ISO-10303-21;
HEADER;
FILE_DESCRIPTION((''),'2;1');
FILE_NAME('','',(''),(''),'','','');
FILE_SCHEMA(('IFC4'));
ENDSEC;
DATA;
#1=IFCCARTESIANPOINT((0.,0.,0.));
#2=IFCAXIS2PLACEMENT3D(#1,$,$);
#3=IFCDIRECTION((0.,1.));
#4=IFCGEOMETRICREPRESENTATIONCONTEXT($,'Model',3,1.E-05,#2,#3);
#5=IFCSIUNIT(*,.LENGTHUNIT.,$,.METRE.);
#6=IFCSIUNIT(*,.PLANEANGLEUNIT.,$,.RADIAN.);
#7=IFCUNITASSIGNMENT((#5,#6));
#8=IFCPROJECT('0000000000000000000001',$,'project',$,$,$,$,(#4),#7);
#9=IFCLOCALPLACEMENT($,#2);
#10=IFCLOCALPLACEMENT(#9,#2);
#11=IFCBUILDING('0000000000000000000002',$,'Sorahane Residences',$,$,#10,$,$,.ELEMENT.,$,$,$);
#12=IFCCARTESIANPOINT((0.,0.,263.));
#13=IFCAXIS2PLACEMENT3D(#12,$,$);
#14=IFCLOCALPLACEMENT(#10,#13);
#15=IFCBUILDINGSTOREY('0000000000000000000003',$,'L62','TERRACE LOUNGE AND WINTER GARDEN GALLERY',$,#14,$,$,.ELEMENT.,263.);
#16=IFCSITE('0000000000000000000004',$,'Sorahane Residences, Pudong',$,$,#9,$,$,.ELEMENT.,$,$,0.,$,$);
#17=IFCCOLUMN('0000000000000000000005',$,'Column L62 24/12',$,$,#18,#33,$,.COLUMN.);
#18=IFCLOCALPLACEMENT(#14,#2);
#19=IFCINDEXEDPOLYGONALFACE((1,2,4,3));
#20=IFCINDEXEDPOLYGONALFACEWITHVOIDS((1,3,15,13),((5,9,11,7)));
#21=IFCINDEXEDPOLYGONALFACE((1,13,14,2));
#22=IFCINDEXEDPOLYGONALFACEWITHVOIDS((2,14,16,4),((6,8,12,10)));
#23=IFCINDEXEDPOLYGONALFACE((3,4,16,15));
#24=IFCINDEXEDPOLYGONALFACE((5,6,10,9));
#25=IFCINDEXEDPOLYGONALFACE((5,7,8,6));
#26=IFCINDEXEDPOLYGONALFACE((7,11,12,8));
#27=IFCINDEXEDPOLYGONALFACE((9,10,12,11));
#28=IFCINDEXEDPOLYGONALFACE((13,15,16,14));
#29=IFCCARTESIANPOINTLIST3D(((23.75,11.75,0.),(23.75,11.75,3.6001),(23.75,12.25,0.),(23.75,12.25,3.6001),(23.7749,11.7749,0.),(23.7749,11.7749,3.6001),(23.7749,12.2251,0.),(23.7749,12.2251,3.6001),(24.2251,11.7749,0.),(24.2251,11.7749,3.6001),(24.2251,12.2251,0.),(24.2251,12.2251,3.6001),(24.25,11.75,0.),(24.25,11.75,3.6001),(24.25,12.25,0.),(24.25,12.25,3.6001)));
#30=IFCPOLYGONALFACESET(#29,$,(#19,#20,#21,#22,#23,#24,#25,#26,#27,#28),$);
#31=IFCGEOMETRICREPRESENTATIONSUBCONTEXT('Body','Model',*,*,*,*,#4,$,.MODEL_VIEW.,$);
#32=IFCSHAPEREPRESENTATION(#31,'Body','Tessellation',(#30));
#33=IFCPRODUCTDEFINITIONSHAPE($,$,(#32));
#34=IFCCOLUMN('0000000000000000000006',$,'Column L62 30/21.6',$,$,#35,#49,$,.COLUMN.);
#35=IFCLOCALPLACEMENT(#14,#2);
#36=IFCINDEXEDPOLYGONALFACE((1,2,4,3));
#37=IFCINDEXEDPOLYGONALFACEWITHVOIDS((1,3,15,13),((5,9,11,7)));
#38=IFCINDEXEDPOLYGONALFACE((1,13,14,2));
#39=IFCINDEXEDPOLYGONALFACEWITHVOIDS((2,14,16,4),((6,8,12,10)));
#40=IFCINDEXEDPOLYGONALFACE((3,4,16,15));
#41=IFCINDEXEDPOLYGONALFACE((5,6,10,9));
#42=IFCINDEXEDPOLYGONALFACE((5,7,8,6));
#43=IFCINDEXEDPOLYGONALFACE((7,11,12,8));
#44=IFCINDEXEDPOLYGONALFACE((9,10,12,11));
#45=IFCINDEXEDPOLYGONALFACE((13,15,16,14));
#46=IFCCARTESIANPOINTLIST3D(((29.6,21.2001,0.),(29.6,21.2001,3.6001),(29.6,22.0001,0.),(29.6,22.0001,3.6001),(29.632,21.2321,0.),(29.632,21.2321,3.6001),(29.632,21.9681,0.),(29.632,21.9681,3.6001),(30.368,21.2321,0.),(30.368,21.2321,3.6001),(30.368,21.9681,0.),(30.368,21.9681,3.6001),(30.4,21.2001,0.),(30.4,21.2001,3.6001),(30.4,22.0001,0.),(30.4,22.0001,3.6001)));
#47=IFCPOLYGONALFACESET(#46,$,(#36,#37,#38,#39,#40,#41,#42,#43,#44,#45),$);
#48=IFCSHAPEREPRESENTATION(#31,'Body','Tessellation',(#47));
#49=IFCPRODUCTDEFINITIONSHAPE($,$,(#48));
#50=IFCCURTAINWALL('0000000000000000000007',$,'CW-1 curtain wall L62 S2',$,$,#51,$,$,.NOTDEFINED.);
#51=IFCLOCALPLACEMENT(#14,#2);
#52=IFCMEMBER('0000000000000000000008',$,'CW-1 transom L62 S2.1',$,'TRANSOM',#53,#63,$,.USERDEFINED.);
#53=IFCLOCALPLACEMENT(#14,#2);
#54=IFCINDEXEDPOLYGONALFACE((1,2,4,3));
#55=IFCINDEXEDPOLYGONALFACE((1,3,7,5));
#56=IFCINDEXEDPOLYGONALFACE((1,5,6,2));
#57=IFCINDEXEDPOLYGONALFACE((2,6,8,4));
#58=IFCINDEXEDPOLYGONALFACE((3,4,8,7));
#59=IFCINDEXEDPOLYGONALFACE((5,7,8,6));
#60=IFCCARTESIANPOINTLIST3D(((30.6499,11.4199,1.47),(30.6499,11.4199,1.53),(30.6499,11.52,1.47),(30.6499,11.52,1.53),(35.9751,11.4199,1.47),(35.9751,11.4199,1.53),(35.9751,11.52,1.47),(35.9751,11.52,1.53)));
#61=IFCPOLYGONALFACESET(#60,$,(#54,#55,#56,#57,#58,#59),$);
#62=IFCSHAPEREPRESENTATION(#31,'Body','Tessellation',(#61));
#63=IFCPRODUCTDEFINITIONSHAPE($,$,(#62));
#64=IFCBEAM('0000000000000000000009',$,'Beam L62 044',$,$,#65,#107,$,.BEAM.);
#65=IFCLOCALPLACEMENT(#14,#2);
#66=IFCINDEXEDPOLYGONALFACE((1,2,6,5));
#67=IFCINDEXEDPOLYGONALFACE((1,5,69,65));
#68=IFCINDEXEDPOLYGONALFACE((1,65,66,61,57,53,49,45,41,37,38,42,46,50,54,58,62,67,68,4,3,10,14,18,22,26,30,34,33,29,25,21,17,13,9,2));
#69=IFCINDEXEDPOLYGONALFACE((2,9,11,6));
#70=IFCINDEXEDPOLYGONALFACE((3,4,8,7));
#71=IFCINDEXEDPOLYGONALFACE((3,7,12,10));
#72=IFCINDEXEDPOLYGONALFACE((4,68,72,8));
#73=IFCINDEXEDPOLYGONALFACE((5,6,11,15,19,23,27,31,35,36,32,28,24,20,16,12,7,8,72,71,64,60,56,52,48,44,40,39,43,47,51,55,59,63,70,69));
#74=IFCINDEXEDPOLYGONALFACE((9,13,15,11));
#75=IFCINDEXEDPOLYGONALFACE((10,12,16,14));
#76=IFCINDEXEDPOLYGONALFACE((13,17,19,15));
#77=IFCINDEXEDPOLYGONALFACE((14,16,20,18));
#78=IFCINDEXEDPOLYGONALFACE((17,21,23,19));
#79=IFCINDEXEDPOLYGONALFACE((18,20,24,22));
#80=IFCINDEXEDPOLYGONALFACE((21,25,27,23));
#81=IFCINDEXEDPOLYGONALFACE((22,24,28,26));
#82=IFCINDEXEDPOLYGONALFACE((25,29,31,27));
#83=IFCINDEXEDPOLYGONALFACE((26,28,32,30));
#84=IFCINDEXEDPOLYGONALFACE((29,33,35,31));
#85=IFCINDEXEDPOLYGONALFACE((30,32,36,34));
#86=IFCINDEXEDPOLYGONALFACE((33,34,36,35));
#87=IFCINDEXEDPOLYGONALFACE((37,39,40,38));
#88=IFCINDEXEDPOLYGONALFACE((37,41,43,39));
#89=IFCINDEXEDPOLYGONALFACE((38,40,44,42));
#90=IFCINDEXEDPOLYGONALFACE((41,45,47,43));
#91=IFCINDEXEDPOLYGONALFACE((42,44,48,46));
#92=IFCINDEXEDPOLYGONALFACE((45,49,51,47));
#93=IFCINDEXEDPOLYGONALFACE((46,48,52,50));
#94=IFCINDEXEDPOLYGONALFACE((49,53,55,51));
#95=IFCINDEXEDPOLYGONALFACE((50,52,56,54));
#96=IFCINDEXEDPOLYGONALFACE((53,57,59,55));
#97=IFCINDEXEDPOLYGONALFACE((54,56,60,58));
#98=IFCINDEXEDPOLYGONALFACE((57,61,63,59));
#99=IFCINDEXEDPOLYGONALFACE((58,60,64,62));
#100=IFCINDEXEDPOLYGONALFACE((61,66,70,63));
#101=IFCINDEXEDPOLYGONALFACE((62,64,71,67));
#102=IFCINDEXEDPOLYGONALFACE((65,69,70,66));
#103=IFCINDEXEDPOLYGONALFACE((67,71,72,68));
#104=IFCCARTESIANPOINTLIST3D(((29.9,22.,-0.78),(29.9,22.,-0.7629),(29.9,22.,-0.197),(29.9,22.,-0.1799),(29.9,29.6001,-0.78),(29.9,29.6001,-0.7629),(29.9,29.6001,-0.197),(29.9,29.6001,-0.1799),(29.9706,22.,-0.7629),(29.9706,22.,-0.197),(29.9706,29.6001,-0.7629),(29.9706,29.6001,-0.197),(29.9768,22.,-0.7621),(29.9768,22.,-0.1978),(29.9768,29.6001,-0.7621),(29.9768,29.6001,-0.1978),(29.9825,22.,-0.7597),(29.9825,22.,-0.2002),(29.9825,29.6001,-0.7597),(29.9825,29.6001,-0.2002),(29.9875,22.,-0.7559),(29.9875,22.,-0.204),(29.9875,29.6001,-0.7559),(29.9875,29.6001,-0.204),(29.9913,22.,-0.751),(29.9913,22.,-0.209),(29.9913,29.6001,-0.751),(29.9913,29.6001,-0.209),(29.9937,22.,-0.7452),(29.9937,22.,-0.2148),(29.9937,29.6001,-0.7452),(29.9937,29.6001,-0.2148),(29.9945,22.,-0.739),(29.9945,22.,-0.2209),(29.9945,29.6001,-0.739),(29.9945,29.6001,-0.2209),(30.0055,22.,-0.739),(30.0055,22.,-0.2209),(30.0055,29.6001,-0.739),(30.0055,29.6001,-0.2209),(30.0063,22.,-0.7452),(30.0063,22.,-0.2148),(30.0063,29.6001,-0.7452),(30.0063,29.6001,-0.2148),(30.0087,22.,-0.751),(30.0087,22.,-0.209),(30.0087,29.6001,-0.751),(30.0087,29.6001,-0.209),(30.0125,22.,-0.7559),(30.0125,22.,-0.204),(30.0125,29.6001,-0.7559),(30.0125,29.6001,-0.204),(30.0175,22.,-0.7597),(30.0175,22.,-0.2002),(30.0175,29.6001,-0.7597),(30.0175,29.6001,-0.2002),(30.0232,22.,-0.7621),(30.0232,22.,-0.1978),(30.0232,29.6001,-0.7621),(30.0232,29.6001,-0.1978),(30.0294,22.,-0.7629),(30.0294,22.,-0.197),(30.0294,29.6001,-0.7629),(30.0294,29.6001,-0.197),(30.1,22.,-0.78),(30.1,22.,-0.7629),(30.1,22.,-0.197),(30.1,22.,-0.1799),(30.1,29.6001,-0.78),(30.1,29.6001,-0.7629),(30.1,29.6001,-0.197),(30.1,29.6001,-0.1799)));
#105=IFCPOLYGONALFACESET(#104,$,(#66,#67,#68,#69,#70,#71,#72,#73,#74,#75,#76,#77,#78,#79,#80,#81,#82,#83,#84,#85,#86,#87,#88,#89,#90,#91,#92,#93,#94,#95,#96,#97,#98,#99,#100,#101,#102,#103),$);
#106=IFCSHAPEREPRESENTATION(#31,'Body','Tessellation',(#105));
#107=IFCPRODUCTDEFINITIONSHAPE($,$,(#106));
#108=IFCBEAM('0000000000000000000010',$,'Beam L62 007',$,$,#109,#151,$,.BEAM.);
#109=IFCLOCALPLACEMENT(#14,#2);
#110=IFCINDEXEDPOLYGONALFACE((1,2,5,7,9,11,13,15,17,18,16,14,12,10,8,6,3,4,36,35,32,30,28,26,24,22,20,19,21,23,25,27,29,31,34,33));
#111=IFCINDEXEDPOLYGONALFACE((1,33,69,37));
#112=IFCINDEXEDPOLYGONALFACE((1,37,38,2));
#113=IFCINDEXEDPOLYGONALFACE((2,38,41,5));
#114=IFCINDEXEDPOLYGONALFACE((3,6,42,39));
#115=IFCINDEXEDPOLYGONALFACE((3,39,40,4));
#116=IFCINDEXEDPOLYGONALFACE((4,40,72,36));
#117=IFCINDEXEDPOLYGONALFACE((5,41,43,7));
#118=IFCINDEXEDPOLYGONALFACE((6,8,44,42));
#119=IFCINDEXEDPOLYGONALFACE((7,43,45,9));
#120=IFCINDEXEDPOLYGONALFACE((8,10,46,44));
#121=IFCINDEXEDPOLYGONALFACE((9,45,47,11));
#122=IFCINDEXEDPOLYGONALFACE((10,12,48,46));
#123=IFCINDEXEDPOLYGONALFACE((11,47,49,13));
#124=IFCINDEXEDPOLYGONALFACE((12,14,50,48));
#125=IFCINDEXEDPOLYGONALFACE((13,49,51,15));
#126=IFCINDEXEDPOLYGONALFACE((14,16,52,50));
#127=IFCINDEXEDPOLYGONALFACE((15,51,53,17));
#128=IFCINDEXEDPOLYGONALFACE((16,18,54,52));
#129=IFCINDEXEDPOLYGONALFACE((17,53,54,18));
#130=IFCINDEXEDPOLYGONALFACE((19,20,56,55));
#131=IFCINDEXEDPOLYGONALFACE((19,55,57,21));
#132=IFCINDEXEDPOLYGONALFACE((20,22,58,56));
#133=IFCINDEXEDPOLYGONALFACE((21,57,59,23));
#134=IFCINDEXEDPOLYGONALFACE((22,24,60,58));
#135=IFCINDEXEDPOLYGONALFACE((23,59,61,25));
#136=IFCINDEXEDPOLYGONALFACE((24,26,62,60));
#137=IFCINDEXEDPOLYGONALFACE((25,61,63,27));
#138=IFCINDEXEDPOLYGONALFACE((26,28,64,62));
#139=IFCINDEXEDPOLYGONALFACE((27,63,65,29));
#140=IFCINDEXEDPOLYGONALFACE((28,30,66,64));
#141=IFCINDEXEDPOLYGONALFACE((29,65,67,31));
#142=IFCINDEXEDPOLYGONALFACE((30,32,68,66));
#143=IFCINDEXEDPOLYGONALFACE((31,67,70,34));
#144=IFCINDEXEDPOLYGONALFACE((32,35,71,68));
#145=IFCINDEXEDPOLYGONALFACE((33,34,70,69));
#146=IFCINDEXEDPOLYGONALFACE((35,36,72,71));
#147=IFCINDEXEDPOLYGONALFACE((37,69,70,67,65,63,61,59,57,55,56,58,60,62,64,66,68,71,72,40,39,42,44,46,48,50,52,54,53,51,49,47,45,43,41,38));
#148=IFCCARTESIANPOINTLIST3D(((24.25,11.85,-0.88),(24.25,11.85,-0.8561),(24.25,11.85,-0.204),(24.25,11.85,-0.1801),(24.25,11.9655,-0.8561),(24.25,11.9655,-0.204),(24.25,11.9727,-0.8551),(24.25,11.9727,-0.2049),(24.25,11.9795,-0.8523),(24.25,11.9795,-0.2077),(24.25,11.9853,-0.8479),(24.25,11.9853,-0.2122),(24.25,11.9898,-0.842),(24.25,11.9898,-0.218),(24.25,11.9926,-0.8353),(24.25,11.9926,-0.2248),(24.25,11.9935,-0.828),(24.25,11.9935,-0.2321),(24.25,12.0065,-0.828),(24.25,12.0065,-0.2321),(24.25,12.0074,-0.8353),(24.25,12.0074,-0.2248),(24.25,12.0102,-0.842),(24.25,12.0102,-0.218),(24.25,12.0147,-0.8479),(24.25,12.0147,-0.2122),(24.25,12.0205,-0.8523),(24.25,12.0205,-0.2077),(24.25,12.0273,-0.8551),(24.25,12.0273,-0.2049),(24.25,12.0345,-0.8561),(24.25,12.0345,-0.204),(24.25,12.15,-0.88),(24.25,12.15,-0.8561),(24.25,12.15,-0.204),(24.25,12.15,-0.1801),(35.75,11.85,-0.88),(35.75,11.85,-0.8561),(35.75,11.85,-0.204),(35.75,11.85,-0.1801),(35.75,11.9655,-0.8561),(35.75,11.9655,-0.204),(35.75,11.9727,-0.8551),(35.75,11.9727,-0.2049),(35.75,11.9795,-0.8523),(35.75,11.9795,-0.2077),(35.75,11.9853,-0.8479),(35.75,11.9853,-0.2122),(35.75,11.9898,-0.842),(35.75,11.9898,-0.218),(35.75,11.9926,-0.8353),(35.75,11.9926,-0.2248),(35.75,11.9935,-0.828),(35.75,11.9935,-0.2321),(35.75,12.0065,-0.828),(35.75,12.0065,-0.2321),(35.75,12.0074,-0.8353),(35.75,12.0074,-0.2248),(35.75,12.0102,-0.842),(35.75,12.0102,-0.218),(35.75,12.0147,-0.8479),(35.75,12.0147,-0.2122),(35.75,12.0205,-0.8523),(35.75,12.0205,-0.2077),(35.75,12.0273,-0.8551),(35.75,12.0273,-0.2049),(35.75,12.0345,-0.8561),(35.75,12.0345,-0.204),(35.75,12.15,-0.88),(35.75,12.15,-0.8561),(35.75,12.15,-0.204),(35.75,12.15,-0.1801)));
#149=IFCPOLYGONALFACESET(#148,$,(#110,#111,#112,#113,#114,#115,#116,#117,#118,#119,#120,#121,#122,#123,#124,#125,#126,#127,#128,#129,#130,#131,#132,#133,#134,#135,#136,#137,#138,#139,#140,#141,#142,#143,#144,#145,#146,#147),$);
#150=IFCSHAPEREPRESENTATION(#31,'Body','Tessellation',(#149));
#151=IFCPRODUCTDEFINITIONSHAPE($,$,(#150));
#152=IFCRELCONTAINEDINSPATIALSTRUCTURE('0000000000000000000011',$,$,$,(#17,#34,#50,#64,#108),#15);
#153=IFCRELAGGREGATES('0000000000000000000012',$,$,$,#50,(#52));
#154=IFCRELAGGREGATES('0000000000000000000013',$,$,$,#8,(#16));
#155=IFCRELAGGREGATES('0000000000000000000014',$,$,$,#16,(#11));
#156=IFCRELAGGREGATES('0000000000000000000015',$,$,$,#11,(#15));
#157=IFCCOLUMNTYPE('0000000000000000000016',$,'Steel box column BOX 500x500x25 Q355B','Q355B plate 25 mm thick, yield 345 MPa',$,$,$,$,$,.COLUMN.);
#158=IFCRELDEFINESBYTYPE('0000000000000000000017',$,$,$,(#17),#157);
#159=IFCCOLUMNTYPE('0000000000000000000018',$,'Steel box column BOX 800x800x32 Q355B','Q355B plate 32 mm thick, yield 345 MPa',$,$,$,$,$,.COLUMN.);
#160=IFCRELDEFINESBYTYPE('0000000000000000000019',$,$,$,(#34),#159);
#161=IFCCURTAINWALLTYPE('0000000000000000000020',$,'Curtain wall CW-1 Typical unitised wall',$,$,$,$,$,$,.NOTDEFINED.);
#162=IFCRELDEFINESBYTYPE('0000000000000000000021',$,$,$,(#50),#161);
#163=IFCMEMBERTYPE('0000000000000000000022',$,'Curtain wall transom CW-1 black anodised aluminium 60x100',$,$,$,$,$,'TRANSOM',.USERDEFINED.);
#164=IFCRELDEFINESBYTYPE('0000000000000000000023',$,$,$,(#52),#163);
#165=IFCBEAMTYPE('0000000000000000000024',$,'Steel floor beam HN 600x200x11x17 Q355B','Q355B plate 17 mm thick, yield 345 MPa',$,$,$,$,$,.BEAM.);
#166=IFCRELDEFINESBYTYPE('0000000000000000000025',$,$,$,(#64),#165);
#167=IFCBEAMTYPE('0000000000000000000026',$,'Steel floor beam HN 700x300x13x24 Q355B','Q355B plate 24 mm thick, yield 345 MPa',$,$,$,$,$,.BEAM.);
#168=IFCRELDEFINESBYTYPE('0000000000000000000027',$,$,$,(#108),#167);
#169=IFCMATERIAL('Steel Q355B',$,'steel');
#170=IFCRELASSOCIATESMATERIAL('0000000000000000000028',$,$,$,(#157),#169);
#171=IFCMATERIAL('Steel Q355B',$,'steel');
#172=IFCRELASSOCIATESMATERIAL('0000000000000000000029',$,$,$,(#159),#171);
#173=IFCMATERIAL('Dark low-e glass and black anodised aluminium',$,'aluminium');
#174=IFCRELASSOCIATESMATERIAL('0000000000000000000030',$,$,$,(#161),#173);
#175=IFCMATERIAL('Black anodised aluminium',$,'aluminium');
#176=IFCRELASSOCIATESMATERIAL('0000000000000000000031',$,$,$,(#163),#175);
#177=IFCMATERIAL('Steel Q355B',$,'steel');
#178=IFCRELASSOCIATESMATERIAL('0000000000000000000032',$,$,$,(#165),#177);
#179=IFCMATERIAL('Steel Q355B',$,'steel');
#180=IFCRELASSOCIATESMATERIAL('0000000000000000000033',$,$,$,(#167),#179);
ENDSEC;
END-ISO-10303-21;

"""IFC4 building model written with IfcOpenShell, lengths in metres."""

from ifc_helpers import new_model, si_unit, direction, frame, origin, origin_2d, place, context, subcontext, project, spatial, rectangle, hollow_rectangle, i_section, extrude, material, material_profile, profile_set, type_object, element, aggregate, save


model = new_model("IFC4")

# Units and contexts
model_context = context("Model", 3, precision=1e-05, world=origin(), true_north=direction((0.0, 1.0)))
body_context = subcontext(model_context, "Body", "Model", "MODEL_VIEW")
ifc_project = project(units=[si_unit("LENGTHUNIT", "METRE"), si_unit("PLANEANGLEUNIT", "RADIAN")], contexts=[model_context])

# Site, building, storey
site_placement = place(None, origin())
site = spatial("IfcSite", under=ifc_project, at=site_placement, Name="Sorahane Residences, Pudong", CompositionType="ELEMENT", RefElevation=0.0)
building_placement = place(site_placement, origin())
building = spatial("IfcBuilding", under=site, at=building_placement, Name="Sorahane Residences", CompositionType="ELEMENT")
storey_placement = place(building_placement, frame((0.0, 0.0, 263.0)))
storey = spatial("IfcBuildingStorey", under=building, at=storey_placement, Name="L62", Description="TERRACE LOUNGE AND WINTER GARDEN GALLERY", CompositionType="ELEMENT", Elevation=263.0)

# Columns
ifc_material_1 = material(Name="Steel Q355B", Category="steel")
ifc_material_profile_1 = material_profile(ifc_material_1, hollow_rectangle(XDim=0.5, YDim=0.5, WallThickness=0.0249, at=origin_2d()), Name="BOX 500x500x25")
ifc_profile_set_1 = profile_set([ifc_material_profile_1], Name="Steel Q355B")
column_type_1 = type_object("IfcColumnType", Name="Steel box column BOX 500x500x25 Q355B", Description="Q355B plate 25 mm thick, yield 345 MPa", PredefinedType="COLUMN", material=ifc_profile_set_1)
column_1_placement = place(storey_placement, frame((24.0, 12.0, 0.0), z_axis=(0.0, 0.0, 1.0), x_axis=(1.0, 0.0, 0.0)))
element("IfcColumn", 1, at=column_1_placement, inside=storey, type_object=column_type_1, Name="Column L62 24/12", PredefinedType="COLUMN", context=body_context, shape_type="SweptSolid", body=[
    extrude(hollow_rectangle(XDim=0.5, YDim=0.5, WallThickness=0.0249, at=origin_2d()), origin(), (0.0, 0.0, 1.0), 3.6001),
])
ifc_material_2 = material(Name="Steel Q355B", Category="steel")
ifc_material_profile_2 = material_profile(ifc_material_2, hollow_rectangle(XDim=0.8, YDim=0.8, WallThickness=0.032, at=origin_2d()), Name="BOX 800x800x32")
ifc_profile_set_2 = profile_set([ifc_material_profile_2], Name="Steel Q355B")
column_type_2 = type_object("IfcColumnType", Name="Steel box column BOX 800x800x32 Q355B", Description="Q355B plate 32 mm thick, yield 345 MPa", PredefinedType="COLUMN", material=ifc_profile_set_2)
column_2_placement = place(storey_placement, frame((30.0, 21.6001, 0.0), z_axis=(0.0, 0.0, 1.0), x_axis=(1.0, 0.0, 0.0)))
element("IfcColumn", 2, at=column_2_placement, inside=storey, type_object=column_type_2, Name="Column L62 30/21.6", PredefinedType="COLUMN", context=body_context, shape_type="SweptSolid", body=[
    extrude(hollow_rectangle(XDim=0.8, YDim=0.8, WallThickness=0.032, at=origin_2d()), origin(), (0.0, 0.0, 1.0), 3.6001),
])

# Curtain wall, member
ifc_material_3 = material(Name="Dark low-e glass and black anodised aluminium", Category="aluminium")
curtain_wall_type = type_object("IfcCurtainWallType", Name="Curtain wall CW-1 Typical unitised wall", PredefinedType="NOTDEFINED", material=ifc_material_3)
curtain_wall_placement = place(storey_placement, origin())
curtain_wall = element("IfcCurtainWall", 3, at=curtain_wall_placement, inside=storey, type_object=curtain_wall_type, Name="CW-1 curtain wall L62 S2", PredefinedType="NOTDEFINED")
ifc_material_4 = material(Name="Black anodised aluminium", Category="aluminium")
ifc_material_profile_3 = material_profile(ifc_material_4, rectangle(XDim=0.1001, YDim=0.0601, at=origin_2d()), Name="Curtain wall transom CW-1 black anodised aluminium 60x100")
ifc_profile_set_3 = profile_set([ifc_material_profile_3], Name="Black anodised aluminium")
member_type = type_object("IfcMemberType", Name="Curtain wall transom CW-1 black anodised aluminium 60x100", ElementType="TRANSOM", PredefinedType="USERDEFINED", material=ifc_profile_set_3)
member_placement = place(storey_placement, frame((30.6499, 11.47, 1.5), z_axis=(1.0, 0.0, 0.0), x_axis=(0.0, 1.0, 0.0)))
member = element("IfcMember", 4, at=member_placement, type_object=member_type, Name="CW-1 transom L62 S2.1", ObjectType="TRANSOM", PredefinedType="USERDEFINED", context=body_context, shape_type="SweptSolid", body=[
    extrude(rectangle(XDim=0.1001, YDim=0.0601, at=origin_2d()), origin(), (0.0, 0.0, 1.0), 5.3252),
])
aggregate(curtain_wall, [member])

# Beams
ifc_material_5 = material(Name="Steel Q355B", Category="steel")
ifc_material_profile_4 = material_profile(ifc_material_5, i_section(OverallWidth=0.2, OverallDepth=0.6001, WebThickness=0.011, FlangeThickness=0.0171, FilletRadius=0.0239, at=origin_2d()), Name="HN 600x200x11x17")
ifc_profile_set_4 = profile_set([ifc_material_profile_4], Name="Steel Q355B")
beam_type_1 = type_object("IfcBeamType", Name="Steel floor beam HN 600x200x11x17 Q355B", Description="Q355B plate 17 mm thick, yield 345 MPa", PredefinedType="BEAM", material=ifc_profile_set_4)
beam_1_placement = place(storey_placement, frame((30.0, 22.0, -0.48), z_axis=(0.0, 1.0, 0.0), x_axis=(-1.0, 0.0, 0.0)))
element("IfcBeam", 5, at=beam_1_placement, inside=storey, type_object=beam_type_1, Name="Beam L62 044", PredefinedType="BEAM", context=body_context, shape_type="SweptSolid", body=[
    extrude(i_section(OverallWidth=0.2, OverallDepth=0.6001, WebThickness=0.011, FlangeThickness=0.0171, FilletRadius=0.0239, at=origin_2d()), origin(), (0.0, 0.0, 1.0), 7.6001),
])
ifc_material_6 = material(Name="Steel Q355B", Category="steel")
ifc_material_profile_5 = material_profile(ifc_material_6, i_section(OverallWidth=0.3, OverallDepth=0.7, WebThickness=0.0129, FlangeThickness=0.0239, FilletRadius=0.0281, at=origin_2d()), Name="HN 700x300x13x24")
ifc_profile_set_5 = profile_set([ifc_material_profile_5], Name="Steel Q355B")
beam_type_2 = type_object("IfcBeamType", Name="Steel floor beam HN 700x300x13x24 Q355B", Description="Q355B plate 24 mm thick, yield 345 MPa", PredefinedType="BEAM", material=ifc_profile_set_5)
beam_2_placement = place(storey_placement, frame((24.25, 12.0, -0.53), z_axis=(1.0, 0.0, 0.0), x_axis=(0.0, 1.0, 0.0)))
element("IfcBeam", 6, at=beam_2_placement, inside=storey, type_object=beam_type_2, Name="Beam L62 007", PredefinedType="BEAM", context=body_context, shape_type="SweptSolid", body=[
    extrude(i_section(OverallWidth=0.3, OverallDepth=0.7, WebThickness=0.0129, FlangeThickness=0.0239, FilletRadius=0.0281, at=origin_2d()), origin(), (0.0, 0.0, 1.0), 11.5),
])

save(model, "model.ifc")
